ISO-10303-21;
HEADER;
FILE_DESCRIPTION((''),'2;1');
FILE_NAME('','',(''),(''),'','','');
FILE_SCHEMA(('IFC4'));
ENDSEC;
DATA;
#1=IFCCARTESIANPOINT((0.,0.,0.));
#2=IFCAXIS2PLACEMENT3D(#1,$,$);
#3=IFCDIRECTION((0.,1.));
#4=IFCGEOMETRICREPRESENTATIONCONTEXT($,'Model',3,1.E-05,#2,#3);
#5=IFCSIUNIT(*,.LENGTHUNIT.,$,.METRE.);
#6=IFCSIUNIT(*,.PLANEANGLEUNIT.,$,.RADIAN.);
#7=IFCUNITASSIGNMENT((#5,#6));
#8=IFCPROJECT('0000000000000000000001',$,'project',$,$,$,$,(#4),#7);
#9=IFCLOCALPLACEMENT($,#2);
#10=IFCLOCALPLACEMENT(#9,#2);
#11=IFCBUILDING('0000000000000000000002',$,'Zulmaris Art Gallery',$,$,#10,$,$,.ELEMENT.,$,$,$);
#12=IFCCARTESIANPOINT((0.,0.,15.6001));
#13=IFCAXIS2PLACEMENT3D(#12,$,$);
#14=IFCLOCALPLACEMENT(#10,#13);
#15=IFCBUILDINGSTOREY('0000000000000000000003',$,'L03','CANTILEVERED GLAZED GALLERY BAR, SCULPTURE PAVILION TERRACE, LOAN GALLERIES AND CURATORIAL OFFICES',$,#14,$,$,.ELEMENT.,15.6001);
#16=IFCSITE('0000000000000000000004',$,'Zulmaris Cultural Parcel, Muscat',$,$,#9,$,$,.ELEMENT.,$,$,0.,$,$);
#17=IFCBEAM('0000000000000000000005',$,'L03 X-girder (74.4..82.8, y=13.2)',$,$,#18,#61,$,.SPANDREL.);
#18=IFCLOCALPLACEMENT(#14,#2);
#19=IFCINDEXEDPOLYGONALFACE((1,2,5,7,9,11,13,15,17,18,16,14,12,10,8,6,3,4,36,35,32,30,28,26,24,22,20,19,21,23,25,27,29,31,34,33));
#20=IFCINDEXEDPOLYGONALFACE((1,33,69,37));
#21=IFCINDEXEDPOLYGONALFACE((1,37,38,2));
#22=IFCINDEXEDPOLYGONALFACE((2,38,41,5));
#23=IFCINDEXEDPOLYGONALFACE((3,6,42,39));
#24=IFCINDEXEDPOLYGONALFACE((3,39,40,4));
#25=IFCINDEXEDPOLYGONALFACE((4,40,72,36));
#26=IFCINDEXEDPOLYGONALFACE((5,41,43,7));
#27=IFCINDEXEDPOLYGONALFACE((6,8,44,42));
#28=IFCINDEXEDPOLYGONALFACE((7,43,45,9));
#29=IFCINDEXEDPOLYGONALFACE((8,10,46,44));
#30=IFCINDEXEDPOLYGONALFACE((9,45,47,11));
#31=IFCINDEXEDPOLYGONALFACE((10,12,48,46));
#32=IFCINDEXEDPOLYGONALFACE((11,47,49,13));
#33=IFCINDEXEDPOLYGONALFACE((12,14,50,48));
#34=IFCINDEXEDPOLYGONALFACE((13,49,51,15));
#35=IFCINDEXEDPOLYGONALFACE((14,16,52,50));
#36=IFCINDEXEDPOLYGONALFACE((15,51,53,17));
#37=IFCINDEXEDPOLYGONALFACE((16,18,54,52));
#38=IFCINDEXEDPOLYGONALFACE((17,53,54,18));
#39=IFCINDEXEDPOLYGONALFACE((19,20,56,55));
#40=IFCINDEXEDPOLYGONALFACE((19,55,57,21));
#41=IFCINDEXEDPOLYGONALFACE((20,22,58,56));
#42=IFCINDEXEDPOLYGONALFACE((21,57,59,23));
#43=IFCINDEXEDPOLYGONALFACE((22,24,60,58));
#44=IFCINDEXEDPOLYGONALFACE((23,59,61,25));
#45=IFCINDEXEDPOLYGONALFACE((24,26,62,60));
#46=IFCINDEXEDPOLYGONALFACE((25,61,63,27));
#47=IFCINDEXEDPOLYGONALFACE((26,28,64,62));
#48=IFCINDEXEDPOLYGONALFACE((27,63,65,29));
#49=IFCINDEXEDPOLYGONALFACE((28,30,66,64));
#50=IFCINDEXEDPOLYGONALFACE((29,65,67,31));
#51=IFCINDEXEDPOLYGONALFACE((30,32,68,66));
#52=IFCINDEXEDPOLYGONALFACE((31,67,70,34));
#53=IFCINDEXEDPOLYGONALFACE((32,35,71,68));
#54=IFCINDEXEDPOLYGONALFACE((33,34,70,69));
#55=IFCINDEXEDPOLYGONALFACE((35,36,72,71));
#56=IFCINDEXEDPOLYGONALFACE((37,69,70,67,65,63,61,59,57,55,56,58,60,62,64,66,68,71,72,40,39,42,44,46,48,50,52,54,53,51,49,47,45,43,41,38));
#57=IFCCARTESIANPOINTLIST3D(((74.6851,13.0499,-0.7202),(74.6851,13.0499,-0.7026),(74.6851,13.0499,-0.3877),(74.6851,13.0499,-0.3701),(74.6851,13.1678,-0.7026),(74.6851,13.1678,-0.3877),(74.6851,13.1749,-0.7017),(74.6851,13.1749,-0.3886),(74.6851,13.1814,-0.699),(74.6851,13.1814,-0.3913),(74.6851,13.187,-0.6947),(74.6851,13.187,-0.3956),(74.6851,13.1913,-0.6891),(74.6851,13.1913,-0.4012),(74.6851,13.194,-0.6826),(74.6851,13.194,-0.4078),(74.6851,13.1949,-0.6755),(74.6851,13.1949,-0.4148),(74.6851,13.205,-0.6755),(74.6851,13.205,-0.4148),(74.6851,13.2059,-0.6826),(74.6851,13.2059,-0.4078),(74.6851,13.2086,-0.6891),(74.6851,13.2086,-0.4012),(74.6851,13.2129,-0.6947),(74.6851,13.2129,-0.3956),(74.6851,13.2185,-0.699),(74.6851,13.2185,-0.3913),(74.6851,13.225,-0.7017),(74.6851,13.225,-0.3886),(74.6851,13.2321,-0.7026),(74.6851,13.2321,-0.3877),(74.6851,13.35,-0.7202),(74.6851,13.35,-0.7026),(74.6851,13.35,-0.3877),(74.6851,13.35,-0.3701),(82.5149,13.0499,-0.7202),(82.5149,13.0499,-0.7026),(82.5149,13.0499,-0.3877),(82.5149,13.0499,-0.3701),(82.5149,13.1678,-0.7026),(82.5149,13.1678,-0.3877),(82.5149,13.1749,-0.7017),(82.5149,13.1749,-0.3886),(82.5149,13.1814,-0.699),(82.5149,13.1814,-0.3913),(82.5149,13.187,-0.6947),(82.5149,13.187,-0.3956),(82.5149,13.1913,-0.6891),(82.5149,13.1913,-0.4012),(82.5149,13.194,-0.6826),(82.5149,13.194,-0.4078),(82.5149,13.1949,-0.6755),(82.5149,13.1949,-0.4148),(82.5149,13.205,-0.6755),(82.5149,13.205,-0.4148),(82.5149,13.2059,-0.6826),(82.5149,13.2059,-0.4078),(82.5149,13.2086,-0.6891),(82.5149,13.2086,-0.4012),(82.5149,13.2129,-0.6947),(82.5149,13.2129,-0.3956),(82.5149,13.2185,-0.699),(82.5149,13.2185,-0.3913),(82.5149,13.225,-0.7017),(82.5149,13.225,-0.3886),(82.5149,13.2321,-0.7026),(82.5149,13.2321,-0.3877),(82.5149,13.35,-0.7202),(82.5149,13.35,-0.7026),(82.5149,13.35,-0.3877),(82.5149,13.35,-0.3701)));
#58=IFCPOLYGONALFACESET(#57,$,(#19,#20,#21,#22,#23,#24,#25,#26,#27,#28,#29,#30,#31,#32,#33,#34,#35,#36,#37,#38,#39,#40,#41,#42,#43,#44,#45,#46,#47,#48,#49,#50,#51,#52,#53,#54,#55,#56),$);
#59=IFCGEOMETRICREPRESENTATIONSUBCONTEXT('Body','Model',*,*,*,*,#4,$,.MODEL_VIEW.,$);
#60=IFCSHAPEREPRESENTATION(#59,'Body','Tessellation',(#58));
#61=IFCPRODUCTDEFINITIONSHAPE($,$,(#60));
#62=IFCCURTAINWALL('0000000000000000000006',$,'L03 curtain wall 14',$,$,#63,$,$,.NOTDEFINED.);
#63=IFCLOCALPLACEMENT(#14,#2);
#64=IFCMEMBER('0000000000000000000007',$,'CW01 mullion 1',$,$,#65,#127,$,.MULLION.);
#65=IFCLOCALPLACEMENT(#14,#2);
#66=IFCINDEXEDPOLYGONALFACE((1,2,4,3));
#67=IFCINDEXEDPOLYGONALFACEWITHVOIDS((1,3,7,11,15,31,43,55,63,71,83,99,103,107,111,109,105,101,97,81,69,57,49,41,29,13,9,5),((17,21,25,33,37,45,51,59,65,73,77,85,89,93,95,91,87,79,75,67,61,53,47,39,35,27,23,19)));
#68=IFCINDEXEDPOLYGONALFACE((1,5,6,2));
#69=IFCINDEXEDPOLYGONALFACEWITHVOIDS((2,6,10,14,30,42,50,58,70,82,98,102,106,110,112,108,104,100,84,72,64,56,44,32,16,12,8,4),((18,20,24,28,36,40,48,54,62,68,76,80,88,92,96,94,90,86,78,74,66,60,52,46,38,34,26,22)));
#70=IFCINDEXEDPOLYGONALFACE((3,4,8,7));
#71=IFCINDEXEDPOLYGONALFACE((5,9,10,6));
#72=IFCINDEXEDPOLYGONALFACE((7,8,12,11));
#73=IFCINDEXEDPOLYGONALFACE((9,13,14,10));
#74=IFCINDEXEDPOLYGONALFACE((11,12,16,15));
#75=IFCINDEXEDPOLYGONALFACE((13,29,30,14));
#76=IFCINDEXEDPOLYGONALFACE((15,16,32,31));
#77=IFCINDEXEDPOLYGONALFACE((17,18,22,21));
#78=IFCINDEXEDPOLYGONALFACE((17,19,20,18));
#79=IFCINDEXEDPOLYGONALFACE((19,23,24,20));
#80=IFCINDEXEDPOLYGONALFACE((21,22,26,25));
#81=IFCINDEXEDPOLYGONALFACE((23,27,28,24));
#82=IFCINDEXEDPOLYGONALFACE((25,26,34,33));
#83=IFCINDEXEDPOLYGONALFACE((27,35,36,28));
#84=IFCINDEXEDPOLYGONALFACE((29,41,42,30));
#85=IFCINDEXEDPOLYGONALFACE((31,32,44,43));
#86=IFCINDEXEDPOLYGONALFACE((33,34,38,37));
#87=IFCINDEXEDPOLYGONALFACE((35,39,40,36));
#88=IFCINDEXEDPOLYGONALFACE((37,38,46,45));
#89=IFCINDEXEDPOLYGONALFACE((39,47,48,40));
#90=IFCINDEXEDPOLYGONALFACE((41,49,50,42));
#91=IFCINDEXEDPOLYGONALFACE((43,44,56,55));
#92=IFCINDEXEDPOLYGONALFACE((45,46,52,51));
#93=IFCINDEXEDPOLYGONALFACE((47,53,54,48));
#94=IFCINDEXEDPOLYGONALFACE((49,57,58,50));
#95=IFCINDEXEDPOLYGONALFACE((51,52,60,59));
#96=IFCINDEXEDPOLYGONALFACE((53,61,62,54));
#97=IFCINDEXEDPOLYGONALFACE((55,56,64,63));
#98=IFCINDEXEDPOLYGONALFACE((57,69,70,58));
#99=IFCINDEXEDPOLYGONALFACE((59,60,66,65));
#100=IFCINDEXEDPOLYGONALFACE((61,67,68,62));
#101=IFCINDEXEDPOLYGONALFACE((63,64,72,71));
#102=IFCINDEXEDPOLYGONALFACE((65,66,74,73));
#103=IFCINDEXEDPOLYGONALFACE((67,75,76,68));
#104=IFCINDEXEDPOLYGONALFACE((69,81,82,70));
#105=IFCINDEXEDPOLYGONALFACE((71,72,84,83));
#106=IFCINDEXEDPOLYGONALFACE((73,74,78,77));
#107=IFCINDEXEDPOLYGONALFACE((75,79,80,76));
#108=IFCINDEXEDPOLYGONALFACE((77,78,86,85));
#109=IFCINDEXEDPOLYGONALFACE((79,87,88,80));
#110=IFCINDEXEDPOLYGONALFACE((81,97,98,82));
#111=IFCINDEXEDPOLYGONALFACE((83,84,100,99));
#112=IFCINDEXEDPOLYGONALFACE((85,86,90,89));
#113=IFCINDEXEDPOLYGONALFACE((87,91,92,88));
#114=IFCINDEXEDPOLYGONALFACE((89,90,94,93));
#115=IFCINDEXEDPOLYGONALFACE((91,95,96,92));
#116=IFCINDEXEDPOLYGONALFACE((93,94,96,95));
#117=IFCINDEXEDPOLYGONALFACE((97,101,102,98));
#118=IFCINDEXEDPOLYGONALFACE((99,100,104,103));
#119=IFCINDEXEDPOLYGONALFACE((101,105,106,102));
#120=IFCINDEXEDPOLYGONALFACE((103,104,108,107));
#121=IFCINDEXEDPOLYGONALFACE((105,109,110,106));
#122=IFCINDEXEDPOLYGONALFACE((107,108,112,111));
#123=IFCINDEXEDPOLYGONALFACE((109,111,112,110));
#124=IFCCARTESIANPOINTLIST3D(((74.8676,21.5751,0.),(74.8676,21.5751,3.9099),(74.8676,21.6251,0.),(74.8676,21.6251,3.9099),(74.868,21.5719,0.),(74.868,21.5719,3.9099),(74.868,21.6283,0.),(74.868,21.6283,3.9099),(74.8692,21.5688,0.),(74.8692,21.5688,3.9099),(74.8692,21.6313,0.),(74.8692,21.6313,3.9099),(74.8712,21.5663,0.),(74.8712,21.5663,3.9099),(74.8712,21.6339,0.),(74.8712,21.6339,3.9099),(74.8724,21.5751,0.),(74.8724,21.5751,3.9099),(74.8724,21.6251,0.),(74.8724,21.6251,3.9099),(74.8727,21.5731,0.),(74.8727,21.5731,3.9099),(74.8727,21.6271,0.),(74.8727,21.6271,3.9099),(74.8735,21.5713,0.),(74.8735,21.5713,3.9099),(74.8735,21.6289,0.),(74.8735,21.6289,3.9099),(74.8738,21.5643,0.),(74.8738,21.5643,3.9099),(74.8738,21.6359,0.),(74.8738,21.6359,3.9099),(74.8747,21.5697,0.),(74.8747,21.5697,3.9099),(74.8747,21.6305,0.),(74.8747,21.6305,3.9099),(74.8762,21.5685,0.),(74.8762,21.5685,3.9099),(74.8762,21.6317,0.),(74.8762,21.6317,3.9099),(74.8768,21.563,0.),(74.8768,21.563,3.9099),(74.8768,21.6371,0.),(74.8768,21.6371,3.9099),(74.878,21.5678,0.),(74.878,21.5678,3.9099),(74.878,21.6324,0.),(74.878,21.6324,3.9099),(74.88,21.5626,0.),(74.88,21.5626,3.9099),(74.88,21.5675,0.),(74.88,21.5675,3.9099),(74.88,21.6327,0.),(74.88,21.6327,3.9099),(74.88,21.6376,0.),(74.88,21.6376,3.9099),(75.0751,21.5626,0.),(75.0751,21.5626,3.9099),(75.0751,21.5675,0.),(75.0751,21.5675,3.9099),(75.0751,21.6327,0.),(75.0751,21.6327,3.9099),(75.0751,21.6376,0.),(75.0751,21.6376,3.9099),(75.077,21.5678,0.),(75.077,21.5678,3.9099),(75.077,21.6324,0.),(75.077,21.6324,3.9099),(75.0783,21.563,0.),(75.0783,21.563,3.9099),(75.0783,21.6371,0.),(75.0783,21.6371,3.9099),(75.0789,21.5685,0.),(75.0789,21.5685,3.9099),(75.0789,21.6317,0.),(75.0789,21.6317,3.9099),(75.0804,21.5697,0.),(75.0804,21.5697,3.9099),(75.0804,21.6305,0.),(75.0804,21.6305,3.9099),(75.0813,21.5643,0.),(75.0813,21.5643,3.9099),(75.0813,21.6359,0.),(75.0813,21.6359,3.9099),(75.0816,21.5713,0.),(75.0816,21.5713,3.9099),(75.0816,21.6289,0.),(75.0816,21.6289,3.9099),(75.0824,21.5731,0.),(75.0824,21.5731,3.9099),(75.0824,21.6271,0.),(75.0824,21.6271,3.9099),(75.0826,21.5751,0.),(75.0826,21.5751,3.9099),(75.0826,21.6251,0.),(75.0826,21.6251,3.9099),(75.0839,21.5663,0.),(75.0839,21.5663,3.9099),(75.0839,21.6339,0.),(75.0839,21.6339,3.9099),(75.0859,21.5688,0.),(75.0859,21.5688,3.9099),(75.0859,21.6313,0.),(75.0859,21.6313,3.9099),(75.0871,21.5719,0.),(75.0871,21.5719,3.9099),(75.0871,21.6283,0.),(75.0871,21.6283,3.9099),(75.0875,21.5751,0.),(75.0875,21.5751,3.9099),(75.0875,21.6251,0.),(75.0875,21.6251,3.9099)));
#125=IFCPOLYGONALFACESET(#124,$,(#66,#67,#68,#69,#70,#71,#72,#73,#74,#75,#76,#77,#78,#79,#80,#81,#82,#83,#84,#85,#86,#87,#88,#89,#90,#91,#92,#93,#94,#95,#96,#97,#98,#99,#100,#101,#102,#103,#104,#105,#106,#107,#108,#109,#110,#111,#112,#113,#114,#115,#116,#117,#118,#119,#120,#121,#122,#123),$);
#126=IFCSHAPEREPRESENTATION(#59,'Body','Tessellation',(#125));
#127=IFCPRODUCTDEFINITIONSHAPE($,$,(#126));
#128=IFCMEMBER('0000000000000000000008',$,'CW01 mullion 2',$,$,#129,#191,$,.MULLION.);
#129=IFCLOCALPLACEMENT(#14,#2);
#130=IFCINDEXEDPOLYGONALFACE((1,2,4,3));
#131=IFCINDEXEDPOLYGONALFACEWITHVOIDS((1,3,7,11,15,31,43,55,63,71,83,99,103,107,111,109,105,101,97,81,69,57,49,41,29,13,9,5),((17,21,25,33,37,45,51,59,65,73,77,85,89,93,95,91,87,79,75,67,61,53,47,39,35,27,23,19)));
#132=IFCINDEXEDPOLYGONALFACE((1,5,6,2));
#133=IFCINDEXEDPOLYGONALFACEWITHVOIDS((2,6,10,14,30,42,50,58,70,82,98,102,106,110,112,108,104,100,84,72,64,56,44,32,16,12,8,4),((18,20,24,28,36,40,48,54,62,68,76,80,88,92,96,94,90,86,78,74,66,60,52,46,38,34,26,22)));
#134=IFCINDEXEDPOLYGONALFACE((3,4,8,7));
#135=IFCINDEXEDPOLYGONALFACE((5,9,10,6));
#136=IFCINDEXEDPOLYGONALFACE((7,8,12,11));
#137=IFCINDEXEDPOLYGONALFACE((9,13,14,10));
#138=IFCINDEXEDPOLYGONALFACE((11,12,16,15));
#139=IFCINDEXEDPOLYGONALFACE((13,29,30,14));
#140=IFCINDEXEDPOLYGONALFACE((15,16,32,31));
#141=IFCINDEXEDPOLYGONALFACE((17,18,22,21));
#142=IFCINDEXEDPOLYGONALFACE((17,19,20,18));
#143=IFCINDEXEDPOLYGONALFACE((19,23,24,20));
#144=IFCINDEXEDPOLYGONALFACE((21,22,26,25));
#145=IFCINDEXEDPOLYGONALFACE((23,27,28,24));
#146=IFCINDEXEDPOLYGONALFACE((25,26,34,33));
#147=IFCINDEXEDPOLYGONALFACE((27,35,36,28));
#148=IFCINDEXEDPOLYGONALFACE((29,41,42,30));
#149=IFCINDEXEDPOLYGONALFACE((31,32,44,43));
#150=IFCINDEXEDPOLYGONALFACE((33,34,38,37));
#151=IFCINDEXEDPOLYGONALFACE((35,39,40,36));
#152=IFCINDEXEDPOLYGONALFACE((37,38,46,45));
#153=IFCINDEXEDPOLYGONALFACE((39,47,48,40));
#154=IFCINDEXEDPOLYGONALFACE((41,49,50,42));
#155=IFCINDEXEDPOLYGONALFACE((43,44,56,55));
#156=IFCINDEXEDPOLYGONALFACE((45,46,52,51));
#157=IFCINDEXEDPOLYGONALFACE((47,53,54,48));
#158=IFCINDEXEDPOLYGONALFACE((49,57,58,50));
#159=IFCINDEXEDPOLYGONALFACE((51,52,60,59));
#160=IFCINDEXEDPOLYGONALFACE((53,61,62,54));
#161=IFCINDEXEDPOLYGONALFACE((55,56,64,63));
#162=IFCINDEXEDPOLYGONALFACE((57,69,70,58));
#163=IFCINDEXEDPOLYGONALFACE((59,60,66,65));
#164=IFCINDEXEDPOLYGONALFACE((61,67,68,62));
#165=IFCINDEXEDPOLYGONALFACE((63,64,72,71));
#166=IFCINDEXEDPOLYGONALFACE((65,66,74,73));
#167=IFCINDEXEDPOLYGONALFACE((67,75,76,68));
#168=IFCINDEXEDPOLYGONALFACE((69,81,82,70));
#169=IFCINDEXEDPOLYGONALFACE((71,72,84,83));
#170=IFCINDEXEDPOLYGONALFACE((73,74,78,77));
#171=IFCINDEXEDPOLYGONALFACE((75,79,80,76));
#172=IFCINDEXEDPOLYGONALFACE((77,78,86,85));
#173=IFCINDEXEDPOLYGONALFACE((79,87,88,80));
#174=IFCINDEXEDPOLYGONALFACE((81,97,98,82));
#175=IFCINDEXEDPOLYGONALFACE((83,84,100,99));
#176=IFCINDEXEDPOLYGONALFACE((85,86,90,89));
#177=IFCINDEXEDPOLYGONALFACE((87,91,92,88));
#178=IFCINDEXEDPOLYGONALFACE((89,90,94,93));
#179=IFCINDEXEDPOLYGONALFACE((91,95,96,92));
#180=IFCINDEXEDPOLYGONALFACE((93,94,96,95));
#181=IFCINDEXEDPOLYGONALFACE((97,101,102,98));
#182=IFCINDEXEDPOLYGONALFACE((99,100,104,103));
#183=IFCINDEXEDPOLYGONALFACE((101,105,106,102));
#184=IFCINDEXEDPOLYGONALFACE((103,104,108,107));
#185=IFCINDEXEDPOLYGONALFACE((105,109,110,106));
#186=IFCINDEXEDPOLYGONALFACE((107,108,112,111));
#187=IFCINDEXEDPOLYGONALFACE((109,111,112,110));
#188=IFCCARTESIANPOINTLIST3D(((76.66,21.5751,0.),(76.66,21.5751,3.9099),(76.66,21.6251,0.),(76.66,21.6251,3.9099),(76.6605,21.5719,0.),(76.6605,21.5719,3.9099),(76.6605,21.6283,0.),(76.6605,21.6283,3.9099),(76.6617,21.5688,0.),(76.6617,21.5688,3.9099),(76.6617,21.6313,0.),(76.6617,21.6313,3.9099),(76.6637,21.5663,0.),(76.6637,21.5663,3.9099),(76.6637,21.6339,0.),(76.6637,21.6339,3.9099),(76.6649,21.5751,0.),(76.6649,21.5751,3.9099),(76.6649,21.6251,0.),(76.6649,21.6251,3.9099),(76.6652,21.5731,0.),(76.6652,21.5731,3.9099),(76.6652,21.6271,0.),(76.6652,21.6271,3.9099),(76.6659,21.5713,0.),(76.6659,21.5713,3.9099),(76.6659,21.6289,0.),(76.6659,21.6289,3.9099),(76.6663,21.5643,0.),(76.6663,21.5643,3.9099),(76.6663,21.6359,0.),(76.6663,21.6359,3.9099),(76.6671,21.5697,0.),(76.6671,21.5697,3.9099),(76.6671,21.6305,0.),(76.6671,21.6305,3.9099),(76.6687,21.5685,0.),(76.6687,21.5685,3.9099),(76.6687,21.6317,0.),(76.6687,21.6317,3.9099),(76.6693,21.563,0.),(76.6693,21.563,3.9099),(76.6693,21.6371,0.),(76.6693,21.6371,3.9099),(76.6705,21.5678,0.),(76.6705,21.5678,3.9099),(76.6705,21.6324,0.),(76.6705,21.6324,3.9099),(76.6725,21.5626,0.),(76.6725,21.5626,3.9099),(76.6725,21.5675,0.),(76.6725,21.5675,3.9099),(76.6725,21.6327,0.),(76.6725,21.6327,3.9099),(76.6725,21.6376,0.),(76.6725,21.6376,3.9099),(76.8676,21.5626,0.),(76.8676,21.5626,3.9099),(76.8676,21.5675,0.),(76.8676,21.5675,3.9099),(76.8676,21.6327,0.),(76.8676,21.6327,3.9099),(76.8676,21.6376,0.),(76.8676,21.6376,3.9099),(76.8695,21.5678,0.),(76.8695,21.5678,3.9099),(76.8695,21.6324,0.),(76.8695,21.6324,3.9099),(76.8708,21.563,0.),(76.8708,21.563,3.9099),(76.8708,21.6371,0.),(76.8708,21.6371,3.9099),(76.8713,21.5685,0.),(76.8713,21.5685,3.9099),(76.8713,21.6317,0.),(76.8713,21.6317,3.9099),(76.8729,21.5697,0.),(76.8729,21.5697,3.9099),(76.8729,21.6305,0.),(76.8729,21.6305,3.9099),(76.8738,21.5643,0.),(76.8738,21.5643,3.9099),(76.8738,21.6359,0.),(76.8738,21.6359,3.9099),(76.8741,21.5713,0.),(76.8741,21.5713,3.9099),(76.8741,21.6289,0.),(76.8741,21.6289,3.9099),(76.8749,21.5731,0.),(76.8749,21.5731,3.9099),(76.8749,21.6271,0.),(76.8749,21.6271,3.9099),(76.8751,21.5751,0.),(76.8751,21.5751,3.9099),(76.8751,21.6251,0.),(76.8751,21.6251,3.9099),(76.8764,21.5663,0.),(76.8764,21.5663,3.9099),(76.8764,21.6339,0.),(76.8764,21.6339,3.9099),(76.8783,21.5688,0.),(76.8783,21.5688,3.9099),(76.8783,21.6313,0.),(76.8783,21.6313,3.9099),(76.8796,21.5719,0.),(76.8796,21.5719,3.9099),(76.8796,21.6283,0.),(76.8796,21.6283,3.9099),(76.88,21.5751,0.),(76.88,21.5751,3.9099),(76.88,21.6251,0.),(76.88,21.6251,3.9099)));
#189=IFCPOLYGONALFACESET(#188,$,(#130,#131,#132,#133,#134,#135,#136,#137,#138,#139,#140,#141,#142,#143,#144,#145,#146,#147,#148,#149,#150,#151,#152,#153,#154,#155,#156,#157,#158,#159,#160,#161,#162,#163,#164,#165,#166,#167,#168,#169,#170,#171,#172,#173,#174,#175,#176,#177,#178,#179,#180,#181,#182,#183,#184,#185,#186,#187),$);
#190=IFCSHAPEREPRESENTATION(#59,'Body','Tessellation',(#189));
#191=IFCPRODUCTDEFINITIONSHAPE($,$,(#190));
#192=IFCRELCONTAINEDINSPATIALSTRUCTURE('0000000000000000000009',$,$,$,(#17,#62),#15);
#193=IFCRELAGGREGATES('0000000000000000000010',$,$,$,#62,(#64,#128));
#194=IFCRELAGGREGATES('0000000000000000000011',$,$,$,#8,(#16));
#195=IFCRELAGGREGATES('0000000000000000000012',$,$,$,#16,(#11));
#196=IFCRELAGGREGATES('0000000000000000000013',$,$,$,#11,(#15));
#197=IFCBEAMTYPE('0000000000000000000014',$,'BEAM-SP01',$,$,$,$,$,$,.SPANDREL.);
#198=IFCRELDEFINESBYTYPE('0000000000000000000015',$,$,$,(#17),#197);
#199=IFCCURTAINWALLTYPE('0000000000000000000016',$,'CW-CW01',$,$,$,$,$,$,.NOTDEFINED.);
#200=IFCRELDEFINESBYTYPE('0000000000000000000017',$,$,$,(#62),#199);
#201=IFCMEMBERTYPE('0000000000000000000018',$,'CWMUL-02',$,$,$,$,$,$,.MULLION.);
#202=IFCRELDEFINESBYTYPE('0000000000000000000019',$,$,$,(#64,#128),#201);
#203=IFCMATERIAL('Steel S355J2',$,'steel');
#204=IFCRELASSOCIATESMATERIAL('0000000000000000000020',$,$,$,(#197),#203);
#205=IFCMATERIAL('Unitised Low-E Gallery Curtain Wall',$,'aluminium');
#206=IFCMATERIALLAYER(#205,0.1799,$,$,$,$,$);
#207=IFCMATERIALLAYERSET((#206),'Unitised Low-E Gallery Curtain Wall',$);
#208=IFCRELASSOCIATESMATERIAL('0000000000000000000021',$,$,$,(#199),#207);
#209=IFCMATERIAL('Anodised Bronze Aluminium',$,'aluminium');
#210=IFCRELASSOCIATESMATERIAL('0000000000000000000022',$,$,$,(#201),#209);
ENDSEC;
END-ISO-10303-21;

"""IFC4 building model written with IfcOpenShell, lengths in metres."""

from ifc_helpers import new_model, si_unit, direction, frame, origin, origin_2d, place, context, subcontext, project, spatial, hollow_rectangle, i_section, extrude, material, layer, layer_set, material_profile, profile_set, type_object, element, aggregate, save


model = new_model("IFC4")

# Units and contexts
model_context = context("Model", 3, precision=1e-05, world=origin(), true_north=direction((0.0, 1.0)))
body_context = subcontext(model_context, "Body", "Model", "MODEL_VIEW")
ifc_project = project(units=[si_unit("LENGTHUNIT", "METRE"), si_unit("PLANEANGLEUNIT", "RADIAN")], contexts=[model_context])

# Site, building, storey
site_placement = place(None, origin())
site = spatial("IfcSite", under=ifc_project, at=site_placement, Name="Zulmaris Cultural Parcel, Muscat", CompositionType="ELEMENT", RefElevation=0.0)
building_placement = place(site_placement, origin())
building = spatial("IfcBuilding", under=site, at=building_placement, Name="Zulmaris Art Gallery", CompositionType="ELEMENT")
storey_placement = place(building_placement, frame((0.0, 0.0, 15.6001)))
storey = spatial("IfcBuildingStorey", under=building, at=storey_placement, Name="L03", Description="CANTILEVERED GLAZED GALLERY BAR, SCULPTURE PAVILION TERRACE, LOAN GALLERIES AND CURATORIAL OFFICES", CompositionType="ELEMENT", Elevation=15.6001)

# Beam
ifc_material_1 = material(Name="Steel S355J2", Category="steel")
ifc_material_profile_1 = material_profile(ifc_material_1, i_section(OverallWidth=0.3, OverallDepth=0.3501, WebThickness=0.01, FlangeThickness=0.0176, FilletRadius=0.0271, at=origin_2d()), Name="HEA 360")
ifc_profile_set_1 = profile_set([ifc_material_profile_1], Name="Steel S355J2")
beam_type_1 = type_object("IfcBeamType", Name="BEAM-SP01", PredefinedType="SPANDREL", material=ifc_profile_set_1)
beam_1_placement = place(storey_placement, frame((74.6851, 13.2, -0.5452), z_axis=(1.0, 0.0, 0.0), x_axis=(0.0, 1.0, 0.0)))
element("IfcBeam", 1, at=beam_1_placement, inside=storey, type_object=beam_type_1, Name="L03 X-girder (74.4..82.8, y=13.2)", PredefinedType="SPANDREL", context=body_context, shape_type="SweptSolid", body=[
    extrude(i_section(OverallWidth=0.3, OverallDepth=0.3501, WebThickness=0.01, FlangeThickness=0.0176, FilletRadius=0.0271, at=origin_2d()), origin(), (0.0, 0.0, 1.0), 7.8298),
])

# Curtain wall, members
ifc_material_2 = material(Name="Unitised Low-E Gallery Curtain Wall", Category="aluminium")
ifc_layer_1 = layer(ifc_material_2, 0.1799)
ifc_layer_set_1 = layer_set([ifc_layer_1], Name="Unitised Low-E Gallery Curtain Wall")
curtain_wall_type_1 = type_object("IfcCurtainWallType", Name="CW-CW01", PredefinedType="NOTDEFINED", material=ifc_layer_set_1)
curtain_wall_1_placement = place(storey_placement, origin())
curtain_wall_1 = element("IfcCurtainWall", 2, at=curtain_wall_1_placement, inside=storey, type_object=curtain_wall_type_1, Name="L03 curtain wall 14", PredefinedType="NOTDEFINED")
ifc_material_3 = material(Name="Anodised Bronze Aluminium", Category="aluminium")
ifc_material_profile_2 = material_profile(ifc_material_3, hollow_rectangle(XDim=0.075, YDim=0.22, WallThickness=0.0049, InnerFilletRadius=0.0076, OuterFilletRadius=0.0125, at=origin_2d()), Name="ALU 75x220x5")
ifc_profile_set_2 = profile_set([ifc_material_profile_2], Name="Anodised Bronze Aluminium")
member_type_1 = type_object("IfcMemberType", Name="CWMUL-02", PredefinedType="MULLION", material=ifc_profile_set_2)
member_1_placement = place(storey_placement, frame((74.9775, 21.6001, 0.0), z_axis=(0.0, 0.0, 1.0), x_axis=(0.0, 1.0, 0.0)))
member_1 = element("IfcMember", 3, at=member_1_placement, type_object=member_type_1, Name="CW01 mullion 1", PredefinedType="MULLION", context=body_context, shape_type="SweptSolid", body=[
    extrude(hollow_rectangle(XDim=0.075, YDim=0.22, WallThickness=0.0049, InnerFilletRadius=0.0076, OuterFilletRadius=0.0125, at=origin_2d()), origin(), (0.0, 0.0, 1.0), 3.9099),
])
member_2_placement = place(storey_placement, frame((76.77, 21.6001, 0.0), z_axis=(0.0, 0.0, 1.0), x_axis=(0.0, 1.0, 0.0)))
member_2 = element("IfcMember", 4, at=member_2_placement, type_object=member_type_1, Name="CW01 mullion 2", PredefinedType="MULLION", context=body_context, shape_type="SweptSolid", body=[
    extrude(hollow_rectangle(XDim=0.075, YDim=0.22, WallThickness=0.0049, InnerFilletRadius=0.0076, OuterFilletRadius=0.0125, at=origin_2d()), origin(), (0.0, 0.0, 1.0), 3.9099),
])

aggregate(curtain_wall_1, [member_1, member_2])

save(model, "model.ifc")
